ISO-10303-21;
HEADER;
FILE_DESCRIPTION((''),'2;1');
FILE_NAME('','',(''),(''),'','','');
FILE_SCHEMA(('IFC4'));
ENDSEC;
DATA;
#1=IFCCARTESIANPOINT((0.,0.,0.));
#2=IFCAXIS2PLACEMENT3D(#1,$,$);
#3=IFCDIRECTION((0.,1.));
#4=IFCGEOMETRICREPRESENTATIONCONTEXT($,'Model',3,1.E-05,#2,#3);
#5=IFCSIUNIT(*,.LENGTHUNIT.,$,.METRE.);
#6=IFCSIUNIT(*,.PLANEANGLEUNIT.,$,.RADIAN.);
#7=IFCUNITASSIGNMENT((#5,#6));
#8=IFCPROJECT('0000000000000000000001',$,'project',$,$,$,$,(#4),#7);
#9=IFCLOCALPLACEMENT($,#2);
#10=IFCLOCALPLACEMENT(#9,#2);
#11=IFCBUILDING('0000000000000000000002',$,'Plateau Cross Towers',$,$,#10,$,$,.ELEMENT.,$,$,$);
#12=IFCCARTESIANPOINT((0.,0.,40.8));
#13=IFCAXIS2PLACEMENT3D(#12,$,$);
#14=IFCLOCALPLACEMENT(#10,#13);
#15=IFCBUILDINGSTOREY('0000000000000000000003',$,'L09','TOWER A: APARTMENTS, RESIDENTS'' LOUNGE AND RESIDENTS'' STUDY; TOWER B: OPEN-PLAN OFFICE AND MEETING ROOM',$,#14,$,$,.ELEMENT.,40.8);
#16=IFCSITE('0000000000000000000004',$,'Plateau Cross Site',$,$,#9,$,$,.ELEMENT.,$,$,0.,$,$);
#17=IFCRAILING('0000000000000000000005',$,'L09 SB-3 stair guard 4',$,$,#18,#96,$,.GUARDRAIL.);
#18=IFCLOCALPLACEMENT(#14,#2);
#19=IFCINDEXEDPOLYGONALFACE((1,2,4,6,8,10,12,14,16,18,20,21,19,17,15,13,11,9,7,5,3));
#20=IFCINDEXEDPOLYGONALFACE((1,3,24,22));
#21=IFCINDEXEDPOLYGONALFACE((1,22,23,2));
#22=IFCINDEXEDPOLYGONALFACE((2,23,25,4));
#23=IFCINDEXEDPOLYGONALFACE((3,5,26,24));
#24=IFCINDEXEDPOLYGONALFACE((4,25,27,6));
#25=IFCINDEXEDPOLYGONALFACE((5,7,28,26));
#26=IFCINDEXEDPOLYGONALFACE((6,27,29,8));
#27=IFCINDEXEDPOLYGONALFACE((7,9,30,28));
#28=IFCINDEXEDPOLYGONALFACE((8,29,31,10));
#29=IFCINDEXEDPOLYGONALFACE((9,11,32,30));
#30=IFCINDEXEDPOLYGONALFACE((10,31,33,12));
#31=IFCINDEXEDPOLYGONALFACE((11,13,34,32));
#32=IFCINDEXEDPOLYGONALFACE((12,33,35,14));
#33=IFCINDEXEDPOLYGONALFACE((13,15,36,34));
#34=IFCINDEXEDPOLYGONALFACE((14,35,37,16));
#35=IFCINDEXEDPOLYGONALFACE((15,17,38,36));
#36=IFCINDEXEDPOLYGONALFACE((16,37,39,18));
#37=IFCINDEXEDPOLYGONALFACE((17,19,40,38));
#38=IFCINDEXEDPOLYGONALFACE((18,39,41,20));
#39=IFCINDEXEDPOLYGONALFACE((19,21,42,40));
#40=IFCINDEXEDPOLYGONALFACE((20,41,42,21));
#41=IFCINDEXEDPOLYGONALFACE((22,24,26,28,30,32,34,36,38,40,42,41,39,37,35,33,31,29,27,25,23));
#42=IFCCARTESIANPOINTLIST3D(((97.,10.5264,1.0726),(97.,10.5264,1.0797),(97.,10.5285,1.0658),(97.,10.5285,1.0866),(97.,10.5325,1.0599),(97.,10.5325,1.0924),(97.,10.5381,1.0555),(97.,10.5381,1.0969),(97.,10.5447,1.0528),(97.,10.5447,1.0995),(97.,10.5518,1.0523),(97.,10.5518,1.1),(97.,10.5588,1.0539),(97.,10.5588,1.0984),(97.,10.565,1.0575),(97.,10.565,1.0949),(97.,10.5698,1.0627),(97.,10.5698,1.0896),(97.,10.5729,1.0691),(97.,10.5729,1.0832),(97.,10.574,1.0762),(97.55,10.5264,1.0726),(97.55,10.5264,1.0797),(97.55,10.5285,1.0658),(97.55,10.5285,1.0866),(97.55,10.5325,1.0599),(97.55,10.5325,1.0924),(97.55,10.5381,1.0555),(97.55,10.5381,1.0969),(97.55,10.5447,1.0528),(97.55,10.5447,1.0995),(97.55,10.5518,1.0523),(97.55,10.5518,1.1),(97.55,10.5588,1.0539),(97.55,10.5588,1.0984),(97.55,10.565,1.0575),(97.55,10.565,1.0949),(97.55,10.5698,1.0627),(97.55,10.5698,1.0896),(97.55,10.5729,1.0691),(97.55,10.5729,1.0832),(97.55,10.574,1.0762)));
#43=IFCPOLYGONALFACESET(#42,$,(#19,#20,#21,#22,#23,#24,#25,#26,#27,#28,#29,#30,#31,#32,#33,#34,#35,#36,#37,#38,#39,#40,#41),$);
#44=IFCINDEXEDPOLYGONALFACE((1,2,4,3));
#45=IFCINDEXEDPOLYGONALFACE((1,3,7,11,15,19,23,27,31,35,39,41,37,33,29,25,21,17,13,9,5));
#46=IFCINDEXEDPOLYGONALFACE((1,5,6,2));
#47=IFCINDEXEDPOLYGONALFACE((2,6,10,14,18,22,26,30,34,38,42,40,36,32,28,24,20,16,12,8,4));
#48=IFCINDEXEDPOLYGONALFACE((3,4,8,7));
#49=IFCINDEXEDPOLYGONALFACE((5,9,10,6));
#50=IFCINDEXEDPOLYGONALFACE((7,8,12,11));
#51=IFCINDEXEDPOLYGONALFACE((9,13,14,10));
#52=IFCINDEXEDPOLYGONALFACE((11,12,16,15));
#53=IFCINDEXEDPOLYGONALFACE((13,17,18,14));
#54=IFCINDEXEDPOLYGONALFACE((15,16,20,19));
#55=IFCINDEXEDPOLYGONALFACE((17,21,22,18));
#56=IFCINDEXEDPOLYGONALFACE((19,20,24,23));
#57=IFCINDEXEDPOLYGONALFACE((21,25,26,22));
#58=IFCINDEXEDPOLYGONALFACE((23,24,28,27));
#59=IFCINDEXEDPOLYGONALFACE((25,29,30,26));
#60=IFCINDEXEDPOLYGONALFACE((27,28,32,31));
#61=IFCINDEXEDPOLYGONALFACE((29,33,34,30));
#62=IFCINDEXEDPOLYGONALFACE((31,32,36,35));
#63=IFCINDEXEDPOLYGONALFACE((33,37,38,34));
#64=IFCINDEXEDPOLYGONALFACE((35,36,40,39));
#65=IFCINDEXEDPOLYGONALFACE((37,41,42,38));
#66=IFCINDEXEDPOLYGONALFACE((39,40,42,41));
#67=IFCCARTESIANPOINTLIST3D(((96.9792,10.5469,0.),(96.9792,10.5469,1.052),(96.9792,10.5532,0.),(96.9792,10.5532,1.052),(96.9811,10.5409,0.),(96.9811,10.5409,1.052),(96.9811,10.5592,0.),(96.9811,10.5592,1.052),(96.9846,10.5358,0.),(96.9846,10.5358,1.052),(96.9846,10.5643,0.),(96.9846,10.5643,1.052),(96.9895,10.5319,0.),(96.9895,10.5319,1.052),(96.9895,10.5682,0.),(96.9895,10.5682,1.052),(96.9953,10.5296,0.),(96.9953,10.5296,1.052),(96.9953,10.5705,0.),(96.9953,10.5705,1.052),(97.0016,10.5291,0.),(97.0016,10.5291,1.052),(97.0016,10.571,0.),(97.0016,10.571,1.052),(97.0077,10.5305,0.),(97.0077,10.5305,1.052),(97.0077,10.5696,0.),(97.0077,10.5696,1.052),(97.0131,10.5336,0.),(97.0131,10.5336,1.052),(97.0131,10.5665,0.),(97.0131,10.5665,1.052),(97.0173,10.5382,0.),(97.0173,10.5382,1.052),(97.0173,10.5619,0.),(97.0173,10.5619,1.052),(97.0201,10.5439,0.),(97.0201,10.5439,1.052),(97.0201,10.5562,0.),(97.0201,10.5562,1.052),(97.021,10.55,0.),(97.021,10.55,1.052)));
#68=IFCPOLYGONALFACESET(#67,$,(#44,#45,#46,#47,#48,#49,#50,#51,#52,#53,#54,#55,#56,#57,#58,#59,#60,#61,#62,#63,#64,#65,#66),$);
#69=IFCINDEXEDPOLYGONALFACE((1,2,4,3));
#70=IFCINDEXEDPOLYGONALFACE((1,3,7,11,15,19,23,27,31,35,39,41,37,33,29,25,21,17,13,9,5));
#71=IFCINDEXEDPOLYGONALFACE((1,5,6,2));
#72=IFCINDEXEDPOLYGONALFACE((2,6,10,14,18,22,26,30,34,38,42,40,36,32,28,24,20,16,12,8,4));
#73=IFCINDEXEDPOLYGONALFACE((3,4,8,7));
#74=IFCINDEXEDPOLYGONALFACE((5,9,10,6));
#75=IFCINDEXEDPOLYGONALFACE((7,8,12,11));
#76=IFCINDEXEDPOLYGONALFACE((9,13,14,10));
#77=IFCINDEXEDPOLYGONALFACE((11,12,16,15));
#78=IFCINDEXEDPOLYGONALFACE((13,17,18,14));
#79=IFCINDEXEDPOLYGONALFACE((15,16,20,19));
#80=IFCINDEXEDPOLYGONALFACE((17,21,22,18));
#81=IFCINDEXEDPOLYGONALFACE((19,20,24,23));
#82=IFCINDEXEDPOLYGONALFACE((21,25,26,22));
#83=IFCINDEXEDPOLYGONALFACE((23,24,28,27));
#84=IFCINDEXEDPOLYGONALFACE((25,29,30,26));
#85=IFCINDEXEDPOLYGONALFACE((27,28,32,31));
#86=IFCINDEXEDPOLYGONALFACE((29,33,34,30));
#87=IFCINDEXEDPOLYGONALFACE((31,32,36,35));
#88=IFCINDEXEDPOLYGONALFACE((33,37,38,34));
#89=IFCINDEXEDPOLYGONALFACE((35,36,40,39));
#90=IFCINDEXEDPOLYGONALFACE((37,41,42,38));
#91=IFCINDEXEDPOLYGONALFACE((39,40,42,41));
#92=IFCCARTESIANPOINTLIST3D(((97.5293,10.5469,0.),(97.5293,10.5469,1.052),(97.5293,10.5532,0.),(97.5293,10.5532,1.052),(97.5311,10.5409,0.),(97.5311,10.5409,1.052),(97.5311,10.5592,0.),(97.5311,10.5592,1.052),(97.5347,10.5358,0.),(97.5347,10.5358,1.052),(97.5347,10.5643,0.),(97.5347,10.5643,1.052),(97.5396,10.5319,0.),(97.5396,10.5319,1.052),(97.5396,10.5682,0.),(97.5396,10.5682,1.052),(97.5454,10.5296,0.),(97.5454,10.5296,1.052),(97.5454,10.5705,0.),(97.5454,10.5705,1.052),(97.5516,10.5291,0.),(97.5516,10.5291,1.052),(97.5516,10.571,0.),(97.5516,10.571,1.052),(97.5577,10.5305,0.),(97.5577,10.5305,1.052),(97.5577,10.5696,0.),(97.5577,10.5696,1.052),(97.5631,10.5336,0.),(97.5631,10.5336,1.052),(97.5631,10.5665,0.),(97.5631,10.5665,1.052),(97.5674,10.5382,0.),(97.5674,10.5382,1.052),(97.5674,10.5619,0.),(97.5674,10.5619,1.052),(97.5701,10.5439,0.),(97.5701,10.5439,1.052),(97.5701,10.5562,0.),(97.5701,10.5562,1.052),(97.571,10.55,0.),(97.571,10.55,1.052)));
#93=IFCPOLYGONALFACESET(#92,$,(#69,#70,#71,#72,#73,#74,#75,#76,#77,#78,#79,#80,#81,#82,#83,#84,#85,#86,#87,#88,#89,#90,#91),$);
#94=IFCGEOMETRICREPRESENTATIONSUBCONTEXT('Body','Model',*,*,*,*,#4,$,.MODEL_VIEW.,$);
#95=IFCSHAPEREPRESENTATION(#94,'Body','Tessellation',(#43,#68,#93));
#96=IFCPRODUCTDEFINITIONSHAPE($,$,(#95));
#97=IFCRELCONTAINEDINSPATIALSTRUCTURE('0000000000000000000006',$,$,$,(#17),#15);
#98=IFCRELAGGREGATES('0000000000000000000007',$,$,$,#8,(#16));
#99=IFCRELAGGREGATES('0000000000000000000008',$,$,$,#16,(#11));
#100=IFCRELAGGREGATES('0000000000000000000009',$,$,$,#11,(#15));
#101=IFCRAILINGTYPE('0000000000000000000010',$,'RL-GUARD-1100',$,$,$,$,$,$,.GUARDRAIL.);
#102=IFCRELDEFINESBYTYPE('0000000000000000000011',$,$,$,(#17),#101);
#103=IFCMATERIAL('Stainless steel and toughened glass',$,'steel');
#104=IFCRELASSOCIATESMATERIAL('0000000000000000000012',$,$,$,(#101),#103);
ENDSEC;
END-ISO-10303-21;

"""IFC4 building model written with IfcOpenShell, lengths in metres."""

from ifc_helpers import new_model, si_unit, direction, frame, origin, origin_2d, place, context, subcontext, project, spatial, circle, extrude, material, type_object, element, save


model = new_model("IFC4")

# Units and contexts
model_context = context("Model", 3, precision=1e-05, world=origin(), true_north=direction((0.0, 1.0)))
body_context = subcontext(model_context, "Body", "Model", "MODEL_VIEW")
ifc_project = project(units=[si_unit("LENGTHUNIT", "METRE"), si_unit("PLANEANGLEUNIT", "RADIAN")], contexts=[model_context])

# Site, building, storey
site_placement = place(None, origin())
site = spatial("IfcSite", under=ifc_project, at=site_placement, Name="Plateau Cross Site", CompositionType="ELEMENT", RefElevation=0.0)
building_placement = place(site_placement, origin())
building = spatial("IfcBuilding", under=site, at=building_placement, Name="Plateau Cross Towers", CompositionType="ELEMENT")
storey_placement = place(building_placement, frame((0.0, 0.0, 40.8)))
storey = spatial("IfcBuildingStorey", under=building, at=storey_placement, Name="L09", Description="TOWER A: APARTMENTS, RESIDENTS' LOUNGE AND RESIDENTS' STUDY; TOWER B: OPEN-PLAN OFFICE AND MEETING ROOM", CompositionType="ELEMENT", Elevation=40.8)

# Railing
ifc_material_1 = material(Name="Stainless steel and toughened glass", Category="steel")
railing_type_1 = type_object("IfcRailingType", Name="RL-GUARD-1100", PredefinedType="GUARDRAIL", material=ifc_material_1)
railing_1_placement = place(storey_placement, frame((97.0, 10.55, 0.0)))
element("IfcRailing", 1, at=railing_1_placement, inside=storey, type_object=railing_type_1, Name="L09 SB-3 stair guard 4", PredefinedType="GUARDRAIL", context=body_context, shape_type="SweptSolid", body=[
    extrude(circle(Radius=0.0239, at=origin_2d()), frame((0.0, 0.0, 1.0762), z_axis=(1.0, 0.0, 0.0), x_axis=(0.0, 1.0, 0.0)), (0.0, 0.0, 1.0), 0.55),
    extrude(circle(Radius=0.021, at=origin_2d()), origin(), (0.0, 0.0, 1.0), 1.052),
    extrude(circle(Radius=0.021, at=origin_2d()), frame((0.55, 0.0, 0.0)), (0.0, 0.0, 1.0), 1.052),
])

save(model, "model.ifc")
